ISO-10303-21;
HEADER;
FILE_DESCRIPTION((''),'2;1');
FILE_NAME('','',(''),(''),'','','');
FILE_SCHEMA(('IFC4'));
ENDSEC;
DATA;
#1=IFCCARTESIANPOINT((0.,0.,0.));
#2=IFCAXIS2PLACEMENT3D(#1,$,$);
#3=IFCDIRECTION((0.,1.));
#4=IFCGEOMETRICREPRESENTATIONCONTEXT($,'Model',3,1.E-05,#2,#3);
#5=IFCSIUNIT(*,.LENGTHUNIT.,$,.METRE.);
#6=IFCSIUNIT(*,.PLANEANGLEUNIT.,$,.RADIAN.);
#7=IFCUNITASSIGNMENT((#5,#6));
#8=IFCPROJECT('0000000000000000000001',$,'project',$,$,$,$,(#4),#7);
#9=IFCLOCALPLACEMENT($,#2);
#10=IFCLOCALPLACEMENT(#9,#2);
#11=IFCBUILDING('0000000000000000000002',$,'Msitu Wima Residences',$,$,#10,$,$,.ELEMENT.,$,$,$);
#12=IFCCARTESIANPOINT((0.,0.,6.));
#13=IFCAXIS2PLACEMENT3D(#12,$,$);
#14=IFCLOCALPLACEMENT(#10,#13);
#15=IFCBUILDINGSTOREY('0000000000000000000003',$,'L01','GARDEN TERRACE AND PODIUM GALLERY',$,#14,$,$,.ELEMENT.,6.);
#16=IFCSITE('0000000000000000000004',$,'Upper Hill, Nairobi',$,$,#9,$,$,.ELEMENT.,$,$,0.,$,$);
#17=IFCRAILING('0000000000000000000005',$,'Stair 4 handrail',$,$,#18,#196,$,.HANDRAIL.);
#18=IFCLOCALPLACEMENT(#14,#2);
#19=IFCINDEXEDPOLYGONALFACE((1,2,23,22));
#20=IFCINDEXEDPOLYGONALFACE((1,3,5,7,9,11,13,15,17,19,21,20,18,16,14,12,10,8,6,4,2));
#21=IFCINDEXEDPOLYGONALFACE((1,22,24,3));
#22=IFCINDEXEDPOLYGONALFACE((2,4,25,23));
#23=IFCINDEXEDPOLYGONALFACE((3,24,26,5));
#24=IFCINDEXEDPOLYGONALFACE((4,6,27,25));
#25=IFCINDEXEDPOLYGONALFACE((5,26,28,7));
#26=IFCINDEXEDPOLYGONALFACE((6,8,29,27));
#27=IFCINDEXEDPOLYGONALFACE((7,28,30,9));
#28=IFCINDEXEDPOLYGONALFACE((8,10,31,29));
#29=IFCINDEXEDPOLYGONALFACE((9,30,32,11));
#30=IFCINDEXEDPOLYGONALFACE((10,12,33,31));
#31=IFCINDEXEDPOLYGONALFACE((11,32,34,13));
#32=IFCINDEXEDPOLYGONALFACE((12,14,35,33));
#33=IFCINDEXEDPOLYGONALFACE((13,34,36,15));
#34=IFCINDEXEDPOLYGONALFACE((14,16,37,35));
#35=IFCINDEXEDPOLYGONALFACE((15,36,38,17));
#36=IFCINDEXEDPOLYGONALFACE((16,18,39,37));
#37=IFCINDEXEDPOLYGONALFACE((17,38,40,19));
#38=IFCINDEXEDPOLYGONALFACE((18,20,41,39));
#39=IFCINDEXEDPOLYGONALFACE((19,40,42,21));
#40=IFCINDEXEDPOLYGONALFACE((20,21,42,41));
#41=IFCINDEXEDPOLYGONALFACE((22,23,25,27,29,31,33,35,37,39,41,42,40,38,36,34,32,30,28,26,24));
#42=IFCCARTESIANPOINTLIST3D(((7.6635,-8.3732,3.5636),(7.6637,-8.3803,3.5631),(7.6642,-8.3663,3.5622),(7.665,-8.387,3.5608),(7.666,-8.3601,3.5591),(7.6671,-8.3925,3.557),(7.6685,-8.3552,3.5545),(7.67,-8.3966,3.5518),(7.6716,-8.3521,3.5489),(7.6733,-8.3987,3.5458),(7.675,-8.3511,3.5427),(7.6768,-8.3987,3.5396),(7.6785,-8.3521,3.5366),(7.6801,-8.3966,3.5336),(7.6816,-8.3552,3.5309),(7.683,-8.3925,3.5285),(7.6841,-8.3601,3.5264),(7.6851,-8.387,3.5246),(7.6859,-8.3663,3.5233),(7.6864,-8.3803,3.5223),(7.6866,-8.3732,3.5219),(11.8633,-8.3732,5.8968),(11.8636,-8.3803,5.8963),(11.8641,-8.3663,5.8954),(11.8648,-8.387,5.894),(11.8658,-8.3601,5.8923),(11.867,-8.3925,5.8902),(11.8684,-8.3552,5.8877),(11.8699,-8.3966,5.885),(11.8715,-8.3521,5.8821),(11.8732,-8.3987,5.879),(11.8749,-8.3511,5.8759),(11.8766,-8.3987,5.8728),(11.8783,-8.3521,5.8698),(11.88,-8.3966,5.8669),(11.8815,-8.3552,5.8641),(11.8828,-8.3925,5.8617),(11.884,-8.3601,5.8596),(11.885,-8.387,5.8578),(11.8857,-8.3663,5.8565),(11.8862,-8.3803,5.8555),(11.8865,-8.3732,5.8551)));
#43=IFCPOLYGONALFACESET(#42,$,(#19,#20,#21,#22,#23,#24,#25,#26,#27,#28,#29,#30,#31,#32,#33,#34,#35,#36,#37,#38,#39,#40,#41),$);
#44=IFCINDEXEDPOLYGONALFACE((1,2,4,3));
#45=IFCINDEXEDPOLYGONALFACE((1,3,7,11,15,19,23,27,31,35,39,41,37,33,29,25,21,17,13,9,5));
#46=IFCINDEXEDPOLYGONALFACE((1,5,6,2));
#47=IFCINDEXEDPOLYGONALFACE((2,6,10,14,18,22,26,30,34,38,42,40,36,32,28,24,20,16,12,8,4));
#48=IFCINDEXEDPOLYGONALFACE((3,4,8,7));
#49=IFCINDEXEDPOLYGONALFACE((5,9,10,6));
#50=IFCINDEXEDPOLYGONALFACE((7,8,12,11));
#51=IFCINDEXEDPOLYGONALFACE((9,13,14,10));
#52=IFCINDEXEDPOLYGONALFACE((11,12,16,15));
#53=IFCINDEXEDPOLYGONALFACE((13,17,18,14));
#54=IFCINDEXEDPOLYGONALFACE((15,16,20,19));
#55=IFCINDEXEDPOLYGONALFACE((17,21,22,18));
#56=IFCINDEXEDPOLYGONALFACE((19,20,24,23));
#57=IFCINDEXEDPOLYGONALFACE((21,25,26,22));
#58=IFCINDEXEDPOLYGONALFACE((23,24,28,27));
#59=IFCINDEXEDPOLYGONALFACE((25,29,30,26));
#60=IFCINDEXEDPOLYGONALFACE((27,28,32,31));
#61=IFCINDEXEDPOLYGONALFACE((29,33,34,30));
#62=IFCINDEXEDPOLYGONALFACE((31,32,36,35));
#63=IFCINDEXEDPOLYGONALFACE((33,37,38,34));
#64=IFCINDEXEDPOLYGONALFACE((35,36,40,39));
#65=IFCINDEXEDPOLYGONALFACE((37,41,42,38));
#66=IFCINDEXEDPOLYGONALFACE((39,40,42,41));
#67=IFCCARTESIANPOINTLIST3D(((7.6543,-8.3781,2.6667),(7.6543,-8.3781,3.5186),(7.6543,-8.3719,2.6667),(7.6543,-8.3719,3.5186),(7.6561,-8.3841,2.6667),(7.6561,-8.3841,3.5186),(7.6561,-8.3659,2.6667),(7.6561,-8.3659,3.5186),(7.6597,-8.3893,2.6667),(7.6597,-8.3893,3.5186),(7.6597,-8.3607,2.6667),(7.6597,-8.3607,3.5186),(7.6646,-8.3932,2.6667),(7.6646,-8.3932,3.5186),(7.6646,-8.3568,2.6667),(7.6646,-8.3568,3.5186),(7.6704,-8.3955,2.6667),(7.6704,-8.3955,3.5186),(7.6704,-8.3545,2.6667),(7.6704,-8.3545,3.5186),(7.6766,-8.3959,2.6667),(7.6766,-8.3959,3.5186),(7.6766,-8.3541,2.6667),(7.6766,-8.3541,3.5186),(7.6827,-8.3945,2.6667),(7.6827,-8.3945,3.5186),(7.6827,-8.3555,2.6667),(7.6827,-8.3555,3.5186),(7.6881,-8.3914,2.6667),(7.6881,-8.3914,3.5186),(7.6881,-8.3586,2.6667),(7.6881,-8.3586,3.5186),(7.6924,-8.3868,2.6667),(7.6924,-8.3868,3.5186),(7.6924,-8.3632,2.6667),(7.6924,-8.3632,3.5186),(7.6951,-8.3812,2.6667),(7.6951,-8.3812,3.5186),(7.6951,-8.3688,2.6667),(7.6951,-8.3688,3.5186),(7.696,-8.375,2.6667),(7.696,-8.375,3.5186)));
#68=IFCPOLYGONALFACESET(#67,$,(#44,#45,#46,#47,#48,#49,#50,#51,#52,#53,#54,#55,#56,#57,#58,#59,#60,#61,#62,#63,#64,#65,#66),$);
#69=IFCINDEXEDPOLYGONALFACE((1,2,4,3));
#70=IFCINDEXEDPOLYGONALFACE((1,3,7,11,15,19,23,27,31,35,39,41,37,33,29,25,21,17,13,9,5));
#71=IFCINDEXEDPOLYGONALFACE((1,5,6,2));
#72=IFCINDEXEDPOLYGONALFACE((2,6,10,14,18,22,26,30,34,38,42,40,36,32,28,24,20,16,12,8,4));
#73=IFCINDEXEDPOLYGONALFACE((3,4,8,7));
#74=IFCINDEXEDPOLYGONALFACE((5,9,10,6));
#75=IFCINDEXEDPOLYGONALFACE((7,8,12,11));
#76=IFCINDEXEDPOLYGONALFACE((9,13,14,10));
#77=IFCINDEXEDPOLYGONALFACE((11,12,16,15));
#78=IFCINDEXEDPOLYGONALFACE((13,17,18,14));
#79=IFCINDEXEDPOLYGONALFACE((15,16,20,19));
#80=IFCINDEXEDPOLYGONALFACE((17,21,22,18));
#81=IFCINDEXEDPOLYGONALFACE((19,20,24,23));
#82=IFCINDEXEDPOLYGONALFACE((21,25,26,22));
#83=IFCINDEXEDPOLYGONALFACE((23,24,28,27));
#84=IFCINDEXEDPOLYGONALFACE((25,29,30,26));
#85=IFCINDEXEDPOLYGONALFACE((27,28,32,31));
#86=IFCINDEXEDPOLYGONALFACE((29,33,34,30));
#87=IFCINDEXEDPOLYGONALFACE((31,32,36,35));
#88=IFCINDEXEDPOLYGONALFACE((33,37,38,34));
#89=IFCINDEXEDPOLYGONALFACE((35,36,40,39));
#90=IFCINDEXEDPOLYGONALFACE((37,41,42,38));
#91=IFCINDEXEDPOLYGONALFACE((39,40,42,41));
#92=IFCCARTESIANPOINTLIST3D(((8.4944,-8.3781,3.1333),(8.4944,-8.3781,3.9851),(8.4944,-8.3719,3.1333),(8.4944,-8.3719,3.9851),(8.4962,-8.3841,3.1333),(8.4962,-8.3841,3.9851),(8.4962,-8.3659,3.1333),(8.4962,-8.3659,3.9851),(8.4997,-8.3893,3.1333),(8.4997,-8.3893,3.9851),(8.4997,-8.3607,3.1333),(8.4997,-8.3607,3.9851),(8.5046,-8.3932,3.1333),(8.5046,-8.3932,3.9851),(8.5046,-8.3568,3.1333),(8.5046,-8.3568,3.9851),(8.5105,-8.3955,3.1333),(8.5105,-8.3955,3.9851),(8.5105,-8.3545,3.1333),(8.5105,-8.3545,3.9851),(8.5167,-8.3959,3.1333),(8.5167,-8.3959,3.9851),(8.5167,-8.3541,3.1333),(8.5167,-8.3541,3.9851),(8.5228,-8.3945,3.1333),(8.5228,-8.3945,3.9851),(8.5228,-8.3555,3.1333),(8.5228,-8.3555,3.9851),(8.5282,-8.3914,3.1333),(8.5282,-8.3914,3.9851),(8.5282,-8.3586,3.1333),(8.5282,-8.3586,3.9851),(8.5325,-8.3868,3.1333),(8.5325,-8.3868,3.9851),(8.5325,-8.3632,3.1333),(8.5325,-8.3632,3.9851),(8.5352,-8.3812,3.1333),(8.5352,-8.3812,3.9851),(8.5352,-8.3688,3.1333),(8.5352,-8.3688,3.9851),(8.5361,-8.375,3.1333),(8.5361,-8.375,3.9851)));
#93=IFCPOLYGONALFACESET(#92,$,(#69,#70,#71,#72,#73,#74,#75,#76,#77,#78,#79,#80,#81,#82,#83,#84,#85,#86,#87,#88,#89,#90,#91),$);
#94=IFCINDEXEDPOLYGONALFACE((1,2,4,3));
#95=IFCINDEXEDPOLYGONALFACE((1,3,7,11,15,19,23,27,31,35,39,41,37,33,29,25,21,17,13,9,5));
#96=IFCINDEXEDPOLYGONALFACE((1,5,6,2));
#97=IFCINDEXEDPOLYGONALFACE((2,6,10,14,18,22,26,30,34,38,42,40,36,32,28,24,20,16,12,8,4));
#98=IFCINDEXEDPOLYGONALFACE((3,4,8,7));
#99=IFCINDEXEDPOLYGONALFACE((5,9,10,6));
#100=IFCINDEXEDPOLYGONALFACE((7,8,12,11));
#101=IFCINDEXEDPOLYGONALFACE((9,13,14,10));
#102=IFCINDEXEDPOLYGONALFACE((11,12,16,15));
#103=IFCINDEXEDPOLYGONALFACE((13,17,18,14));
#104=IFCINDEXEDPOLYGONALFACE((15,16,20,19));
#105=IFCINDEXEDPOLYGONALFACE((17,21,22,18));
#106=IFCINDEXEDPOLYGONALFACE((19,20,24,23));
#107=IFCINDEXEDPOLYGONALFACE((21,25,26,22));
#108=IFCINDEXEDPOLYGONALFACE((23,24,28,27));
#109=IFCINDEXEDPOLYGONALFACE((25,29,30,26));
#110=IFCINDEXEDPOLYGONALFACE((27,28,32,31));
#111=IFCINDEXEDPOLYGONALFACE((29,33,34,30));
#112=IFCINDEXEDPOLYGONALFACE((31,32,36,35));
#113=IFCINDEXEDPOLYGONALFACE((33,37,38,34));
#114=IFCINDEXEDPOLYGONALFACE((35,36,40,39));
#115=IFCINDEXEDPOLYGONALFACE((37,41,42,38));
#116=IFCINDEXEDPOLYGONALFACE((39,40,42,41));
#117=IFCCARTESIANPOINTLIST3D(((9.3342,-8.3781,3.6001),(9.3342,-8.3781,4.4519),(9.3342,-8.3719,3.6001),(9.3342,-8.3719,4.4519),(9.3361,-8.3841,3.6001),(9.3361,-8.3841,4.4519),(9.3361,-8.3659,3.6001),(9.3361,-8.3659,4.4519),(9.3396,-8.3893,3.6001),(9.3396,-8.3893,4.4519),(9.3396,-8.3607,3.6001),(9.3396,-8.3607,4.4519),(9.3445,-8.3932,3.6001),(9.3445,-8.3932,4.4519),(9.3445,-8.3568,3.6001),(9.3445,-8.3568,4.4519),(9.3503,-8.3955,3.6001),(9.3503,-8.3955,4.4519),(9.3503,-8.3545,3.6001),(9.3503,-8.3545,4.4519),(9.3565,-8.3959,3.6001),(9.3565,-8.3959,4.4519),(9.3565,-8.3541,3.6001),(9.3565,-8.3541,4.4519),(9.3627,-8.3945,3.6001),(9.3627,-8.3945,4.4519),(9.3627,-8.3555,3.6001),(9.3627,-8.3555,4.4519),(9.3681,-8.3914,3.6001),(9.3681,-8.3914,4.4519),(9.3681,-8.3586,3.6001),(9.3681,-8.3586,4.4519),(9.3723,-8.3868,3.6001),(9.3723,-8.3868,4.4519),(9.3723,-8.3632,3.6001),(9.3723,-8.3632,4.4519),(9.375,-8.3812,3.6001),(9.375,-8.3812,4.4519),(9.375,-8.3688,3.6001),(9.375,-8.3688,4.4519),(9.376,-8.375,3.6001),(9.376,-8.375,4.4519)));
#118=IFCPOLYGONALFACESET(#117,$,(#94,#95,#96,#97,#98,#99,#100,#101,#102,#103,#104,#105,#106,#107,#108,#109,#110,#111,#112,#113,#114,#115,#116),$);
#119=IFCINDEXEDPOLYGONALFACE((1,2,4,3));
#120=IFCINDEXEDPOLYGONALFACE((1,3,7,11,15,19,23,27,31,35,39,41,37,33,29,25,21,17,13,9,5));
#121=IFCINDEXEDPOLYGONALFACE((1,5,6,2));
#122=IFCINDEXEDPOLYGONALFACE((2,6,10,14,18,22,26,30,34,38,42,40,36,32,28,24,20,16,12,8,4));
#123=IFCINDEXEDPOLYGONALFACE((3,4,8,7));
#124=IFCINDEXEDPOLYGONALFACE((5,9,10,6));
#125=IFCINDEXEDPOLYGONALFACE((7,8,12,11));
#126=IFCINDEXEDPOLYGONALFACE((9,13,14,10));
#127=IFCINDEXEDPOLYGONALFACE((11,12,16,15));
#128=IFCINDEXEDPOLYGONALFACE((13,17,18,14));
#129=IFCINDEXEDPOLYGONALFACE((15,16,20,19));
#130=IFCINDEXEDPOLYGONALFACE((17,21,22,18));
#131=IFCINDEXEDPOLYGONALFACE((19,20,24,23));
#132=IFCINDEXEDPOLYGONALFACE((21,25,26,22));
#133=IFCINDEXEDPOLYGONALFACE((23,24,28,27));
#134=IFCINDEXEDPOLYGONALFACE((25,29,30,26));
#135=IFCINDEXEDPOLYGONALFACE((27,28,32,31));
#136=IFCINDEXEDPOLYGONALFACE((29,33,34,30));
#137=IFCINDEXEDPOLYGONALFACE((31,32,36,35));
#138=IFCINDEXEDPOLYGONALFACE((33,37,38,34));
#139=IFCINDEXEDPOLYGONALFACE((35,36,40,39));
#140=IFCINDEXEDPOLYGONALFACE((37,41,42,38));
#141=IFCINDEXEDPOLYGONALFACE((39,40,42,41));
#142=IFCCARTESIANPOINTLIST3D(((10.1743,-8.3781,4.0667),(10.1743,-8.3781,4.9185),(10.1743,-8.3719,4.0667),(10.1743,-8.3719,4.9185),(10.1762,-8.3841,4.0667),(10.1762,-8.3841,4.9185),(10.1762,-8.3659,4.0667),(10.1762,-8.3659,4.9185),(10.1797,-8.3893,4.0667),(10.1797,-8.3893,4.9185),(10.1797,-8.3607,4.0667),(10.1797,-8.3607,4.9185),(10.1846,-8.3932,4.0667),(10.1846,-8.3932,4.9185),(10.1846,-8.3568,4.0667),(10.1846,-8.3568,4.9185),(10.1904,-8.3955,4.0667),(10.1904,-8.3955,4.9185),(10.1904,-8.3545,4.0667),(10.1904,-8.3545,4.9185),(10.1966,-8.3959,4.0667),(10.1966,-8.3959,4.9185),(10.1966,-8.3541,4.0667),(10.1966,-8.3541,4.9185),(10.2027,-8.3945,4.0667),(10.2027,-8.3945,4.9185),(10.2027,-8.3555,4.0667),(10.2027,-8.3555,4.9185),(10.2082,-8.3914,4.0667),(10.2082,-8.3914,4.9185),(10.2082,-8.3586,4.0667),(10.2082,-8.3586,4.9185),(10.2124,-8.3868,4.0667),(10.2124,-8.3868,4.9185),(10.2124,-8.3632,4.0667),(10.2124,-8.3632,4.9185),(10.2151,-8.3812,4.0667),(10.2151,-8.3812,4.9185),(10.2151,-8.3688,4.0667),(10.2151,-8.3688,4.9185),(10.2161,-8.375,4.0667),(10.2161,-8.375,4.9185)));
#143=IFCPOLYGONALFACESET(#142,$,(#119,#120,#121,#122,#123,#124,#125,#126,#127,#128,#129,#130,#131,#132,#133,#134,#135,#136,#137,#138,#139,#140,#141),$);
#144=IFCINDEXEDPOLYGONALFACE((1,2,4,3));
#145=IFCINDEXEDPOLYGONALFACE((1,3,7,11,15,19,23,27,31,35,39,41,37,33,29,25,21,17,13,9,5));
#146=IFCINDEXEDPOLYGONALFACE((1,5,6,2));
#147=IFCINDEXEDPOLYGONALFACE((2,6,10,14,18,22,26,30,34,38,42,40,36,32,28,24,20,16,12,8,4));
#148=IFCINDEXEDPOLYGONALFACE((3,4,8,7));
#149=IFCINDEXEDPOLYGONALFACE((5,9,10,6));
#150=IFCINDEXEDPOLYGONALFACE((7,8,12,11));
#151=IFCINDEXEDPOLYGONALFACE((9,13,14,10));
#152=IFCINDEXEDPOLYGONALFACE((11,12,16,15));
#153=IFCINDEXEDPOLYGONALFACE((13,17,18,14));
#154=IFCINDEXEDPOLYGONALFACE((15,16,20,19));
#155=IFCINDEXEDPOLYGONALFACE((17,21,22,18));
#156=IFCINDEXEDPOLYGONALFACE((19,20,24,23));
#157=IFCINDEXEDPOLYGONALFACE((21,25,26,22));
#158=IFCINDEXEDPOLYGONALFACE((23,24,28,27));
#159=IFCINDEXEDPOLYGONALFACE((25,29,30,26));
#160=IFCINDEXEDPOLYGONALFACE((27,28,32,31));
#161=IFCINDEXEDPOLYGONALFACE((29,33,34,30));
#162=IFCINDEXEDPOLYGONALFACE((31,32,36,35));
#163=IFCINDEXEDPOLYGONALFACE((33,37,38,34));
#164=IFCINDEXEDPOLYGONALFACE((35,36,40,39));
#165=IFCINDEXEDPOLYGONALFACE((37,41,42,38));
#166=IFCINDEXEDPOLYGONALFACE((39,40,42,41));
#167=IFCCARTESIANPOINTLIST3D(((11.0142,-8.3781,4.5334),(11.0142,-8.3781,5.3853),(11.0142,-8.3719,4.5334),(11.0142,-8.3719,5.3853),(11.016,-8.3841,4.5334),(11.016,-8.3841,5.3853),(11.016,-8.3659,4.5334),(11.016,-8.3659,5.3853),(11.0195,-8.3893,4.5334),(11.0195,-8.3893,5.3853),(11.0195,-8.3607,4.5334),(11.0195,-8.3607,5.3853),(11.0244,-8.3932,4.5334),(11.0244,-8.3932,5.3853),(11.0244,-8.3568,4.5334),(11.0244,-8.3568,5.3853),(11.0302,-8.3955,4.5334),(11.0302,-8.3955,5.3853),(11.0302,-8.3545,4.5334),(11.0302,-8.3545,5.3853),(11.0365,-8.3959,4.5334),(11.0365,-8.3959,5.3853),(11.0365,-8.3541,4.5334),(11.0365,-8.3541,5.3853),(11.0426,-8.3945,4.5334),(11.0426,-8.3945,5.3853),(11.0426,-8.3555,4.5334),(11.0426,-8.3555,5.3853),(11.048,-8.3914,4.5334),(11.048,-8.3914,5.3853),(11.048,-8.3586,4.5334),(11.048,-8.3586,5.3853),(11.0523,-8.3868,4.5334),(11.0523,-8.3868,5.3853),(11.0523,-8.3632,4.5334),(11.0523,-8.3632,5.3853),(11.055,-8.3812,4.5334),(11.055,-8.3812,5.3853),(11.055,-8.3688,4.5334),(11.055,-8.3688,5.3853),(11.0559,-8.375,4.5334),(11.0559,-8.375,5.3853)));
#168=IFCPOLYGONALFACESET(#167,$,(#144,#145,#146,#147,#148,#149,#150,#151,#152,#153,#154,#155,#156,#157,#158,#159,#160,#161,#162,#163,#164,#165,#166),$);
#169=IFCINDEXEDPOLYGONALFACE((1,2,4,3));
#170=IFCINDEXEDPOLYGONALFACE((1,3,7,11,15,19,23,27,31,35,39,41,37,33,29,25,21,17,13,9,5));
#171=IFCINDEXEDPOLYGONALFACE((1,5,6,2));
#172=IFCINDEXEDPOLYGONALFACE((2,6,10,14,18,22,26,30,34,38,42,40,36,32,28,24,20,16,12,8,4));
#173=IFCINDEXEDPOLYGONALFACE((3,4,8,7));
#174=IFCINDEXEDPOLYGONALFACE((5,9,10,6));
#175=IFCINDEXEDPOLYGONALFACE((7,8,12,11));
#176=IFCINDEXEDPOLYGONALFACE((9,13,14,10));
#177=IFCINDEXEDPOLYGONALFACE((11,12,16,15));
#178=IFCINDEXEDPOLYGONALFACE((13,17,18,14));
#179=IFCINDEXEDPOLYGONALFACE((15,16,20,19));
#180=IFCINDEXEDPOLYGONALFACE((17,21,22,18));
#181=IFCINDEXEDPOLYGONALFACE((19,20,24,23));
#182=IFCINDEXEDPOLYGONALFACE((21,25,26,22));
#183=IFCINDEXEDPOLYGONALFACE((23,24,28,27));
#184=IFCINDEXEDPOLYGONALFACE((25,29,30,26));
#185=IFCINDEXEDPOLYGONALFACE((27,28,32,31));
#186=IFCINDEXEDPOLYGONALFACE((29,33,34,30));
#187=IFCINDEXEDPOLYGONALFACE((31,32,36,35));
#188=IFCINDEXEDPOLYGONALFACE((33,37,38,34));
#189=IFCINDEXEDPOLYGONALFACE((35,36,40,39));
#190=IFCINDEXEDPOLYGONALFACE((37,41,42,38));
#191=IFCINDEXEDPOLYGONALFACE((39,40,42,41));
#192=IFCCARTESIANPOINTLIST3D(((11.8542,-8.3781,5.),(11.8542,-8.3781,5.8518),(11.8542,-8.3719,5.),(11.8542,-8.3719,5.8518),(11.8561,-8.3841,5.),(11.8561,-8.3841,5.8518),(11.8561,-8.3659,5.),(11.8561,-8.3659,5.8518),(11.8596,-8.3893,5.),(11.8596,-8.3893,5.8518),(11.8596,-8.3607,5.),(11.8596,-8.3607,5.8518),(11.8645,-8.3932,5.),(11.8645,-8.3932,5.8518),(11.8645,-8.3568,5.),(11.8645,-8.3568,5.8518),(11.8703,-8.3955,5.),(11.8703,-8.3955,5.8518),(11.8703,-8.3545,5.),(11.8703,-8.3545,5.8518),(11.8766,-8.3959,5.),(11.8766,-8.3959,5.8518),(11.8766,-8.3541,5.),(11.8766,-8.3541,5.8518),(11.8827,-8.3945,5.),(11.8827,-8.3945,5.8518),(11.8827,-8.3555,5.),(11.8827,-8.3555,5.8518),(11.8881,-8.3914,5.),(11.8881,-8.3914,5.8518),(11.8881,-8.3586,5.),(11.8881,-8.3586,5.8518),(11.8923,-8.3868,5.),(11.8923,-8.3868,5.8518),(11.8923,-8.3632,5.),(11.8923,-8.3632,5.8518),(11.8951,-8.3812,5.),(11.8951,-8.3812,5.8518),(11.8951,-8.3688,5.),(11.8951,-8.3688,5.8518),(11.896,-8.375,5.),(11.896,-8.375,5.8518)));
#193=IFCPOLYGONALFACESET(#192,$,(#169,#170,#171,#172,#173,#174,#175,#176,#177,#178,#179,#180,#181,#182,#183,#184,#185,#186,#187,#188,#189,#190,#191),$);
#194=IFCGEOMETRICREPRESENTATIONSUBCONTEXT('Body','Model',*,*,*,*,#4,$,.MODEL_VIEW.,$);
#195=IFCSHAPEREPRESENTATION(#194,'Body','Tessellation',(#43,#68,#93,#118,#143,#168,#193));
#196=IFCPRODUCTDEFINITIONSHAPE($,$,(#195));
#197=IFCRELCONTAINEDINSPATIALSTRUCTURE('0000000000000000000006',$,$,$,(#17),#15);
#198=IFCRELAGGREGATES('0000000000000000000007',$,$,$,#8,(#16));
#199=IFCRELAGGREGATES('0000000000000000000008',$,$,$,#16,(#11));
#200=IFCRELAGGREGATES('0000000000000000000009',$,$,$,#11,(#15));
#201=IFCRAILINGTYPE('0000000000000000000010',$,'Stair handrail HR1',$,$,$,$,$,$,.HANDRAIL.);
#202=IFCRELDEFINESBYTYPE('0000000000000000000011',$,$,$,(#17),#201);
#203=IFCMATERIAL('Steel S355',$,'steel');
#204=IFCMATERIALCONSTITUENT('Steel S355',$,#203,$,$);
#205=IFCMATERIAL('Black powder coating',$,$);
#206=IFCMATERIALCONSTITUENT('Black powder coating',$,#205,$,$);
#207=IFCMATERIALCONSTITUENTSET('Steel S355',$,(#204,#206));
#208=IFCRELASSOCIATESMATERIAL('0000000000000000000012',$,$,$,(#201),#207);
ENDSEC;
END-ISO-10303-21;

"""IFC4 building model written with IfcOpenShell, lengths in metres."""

from ifc_helpers import new_model, si_unit, direction, frame, origin, origin_2d, place, context, subcontext, project, spatial, circle, extrude, material, constituent, constituent_set, type_object, element, save


model = new_model("IFC4")

# Units and contexts
model_context = context("Model", 3, precision=1e-05, world=origin(), true_north=direction((0.0, 1.0)))
body_context = subcontext(model_context, "Body", "Model", "MODEL_VIEW")
ifc_project = project(units=[si_unit("LENGTHUNIT", "METRE"), si_unit("PLANEANGLEUNIT", "RADIAN")], contexts=[model_context])

# Site, building, storey
site_placement = place(None, origin())
site = spatial("IfcSite", under=ifc_project, at=site_placement, Name="Upper Hill, Nairobi", CompositionType="ELEMENT", RefElevation=0.0)
building_placement = place(site_placement, origin())
building = spatial("IfcBuilding", under=site, at=building_placement, Name="Msitu Wima Residences", CompositionType="ELEMENT")
storey_placement = place(building_placement, frame((0.0, 0.0, 6.0)))
storey = spatial("IfcBuildingStorey", under=building, at=storey_placement, Name="L01", Description="GARDEN TERRACE AND PODIUM GALLERY", CompositionType="ELEMENT", Elevation=6.0)

# Railing
ifc_material_1 = material(Name="Steel S355", Category="steel")
ifc_constituent_1 = constituent(ifc_material_1, Name="Steel S355")
ifc_material_2 = material(Name="Black powder coating")
ifc_constituent_2 = constituent(ifc_material_2, Name="Black powder coating")
ifc_constituent_set = constituent_set(constituents=[ifc_constituent_1, ifc_constituent_2], Name="Steel S355")
railing_type = type_object("IfcRailingType", Name="Stair handrail HR1", PredefinedType="HANDRAIL", material=ifc_constituent_set)
railing_1_placement = place(storey_placement, frame((7.675, -8.375, 2.6667)))
element("IfcRailing", 1, at=railing_1_placement, inside=storey, type_object=railing_type, Name="Stair 4 handrail", PredefinedType="HANDRAIL", context=body_context, shape_type="SweptSolid", body=[
    extrude(circle(Radius=0.0239, at=origin_2d()), frame((0.0, 0.0, 0.876), z_axis=(0.874162, 0.0, 0.485634), x_axis=(0.0, 1.0, 0.0)), (0.0, 0.0, 1.0), 4.8044),
    extrude(circle(Radius=0.021, at=origin_2d()), origin(), (0.0, 0.0, 1.0), 0.8518),
    extrude(circle(Radius=0.021, at=origin_2d()), frame((0.8401, 0.0, 0.4666)), (0.0, 0.0, 1.0), 0.8518),
    extrude(circle(Radius=0.021, at=origin_2d()), frame((1.6799, 0.0, 0.9333)), (0.0, 0.0, 1.0), 0.8518),
    extrude(circle(Radius=0.021, at=origin_2d()), frame((2.52, 0.0, 1.3999)), (0.0, 0.0, 1.0), 0.8518),
    extrude(circle(Radius=0.021, at=origin_2d()), frame((3.3599, 0.0, 1.8667)), (0.0, 0.0, 1.0), 0.8518),
    extrude(circle(Radius=0.021, at=origin_2d()), frame((4.2, 0.0, 2.3333)), (0.0, 0.0, 1.0), 0.8518),
])

save(model, "model.ifc")
